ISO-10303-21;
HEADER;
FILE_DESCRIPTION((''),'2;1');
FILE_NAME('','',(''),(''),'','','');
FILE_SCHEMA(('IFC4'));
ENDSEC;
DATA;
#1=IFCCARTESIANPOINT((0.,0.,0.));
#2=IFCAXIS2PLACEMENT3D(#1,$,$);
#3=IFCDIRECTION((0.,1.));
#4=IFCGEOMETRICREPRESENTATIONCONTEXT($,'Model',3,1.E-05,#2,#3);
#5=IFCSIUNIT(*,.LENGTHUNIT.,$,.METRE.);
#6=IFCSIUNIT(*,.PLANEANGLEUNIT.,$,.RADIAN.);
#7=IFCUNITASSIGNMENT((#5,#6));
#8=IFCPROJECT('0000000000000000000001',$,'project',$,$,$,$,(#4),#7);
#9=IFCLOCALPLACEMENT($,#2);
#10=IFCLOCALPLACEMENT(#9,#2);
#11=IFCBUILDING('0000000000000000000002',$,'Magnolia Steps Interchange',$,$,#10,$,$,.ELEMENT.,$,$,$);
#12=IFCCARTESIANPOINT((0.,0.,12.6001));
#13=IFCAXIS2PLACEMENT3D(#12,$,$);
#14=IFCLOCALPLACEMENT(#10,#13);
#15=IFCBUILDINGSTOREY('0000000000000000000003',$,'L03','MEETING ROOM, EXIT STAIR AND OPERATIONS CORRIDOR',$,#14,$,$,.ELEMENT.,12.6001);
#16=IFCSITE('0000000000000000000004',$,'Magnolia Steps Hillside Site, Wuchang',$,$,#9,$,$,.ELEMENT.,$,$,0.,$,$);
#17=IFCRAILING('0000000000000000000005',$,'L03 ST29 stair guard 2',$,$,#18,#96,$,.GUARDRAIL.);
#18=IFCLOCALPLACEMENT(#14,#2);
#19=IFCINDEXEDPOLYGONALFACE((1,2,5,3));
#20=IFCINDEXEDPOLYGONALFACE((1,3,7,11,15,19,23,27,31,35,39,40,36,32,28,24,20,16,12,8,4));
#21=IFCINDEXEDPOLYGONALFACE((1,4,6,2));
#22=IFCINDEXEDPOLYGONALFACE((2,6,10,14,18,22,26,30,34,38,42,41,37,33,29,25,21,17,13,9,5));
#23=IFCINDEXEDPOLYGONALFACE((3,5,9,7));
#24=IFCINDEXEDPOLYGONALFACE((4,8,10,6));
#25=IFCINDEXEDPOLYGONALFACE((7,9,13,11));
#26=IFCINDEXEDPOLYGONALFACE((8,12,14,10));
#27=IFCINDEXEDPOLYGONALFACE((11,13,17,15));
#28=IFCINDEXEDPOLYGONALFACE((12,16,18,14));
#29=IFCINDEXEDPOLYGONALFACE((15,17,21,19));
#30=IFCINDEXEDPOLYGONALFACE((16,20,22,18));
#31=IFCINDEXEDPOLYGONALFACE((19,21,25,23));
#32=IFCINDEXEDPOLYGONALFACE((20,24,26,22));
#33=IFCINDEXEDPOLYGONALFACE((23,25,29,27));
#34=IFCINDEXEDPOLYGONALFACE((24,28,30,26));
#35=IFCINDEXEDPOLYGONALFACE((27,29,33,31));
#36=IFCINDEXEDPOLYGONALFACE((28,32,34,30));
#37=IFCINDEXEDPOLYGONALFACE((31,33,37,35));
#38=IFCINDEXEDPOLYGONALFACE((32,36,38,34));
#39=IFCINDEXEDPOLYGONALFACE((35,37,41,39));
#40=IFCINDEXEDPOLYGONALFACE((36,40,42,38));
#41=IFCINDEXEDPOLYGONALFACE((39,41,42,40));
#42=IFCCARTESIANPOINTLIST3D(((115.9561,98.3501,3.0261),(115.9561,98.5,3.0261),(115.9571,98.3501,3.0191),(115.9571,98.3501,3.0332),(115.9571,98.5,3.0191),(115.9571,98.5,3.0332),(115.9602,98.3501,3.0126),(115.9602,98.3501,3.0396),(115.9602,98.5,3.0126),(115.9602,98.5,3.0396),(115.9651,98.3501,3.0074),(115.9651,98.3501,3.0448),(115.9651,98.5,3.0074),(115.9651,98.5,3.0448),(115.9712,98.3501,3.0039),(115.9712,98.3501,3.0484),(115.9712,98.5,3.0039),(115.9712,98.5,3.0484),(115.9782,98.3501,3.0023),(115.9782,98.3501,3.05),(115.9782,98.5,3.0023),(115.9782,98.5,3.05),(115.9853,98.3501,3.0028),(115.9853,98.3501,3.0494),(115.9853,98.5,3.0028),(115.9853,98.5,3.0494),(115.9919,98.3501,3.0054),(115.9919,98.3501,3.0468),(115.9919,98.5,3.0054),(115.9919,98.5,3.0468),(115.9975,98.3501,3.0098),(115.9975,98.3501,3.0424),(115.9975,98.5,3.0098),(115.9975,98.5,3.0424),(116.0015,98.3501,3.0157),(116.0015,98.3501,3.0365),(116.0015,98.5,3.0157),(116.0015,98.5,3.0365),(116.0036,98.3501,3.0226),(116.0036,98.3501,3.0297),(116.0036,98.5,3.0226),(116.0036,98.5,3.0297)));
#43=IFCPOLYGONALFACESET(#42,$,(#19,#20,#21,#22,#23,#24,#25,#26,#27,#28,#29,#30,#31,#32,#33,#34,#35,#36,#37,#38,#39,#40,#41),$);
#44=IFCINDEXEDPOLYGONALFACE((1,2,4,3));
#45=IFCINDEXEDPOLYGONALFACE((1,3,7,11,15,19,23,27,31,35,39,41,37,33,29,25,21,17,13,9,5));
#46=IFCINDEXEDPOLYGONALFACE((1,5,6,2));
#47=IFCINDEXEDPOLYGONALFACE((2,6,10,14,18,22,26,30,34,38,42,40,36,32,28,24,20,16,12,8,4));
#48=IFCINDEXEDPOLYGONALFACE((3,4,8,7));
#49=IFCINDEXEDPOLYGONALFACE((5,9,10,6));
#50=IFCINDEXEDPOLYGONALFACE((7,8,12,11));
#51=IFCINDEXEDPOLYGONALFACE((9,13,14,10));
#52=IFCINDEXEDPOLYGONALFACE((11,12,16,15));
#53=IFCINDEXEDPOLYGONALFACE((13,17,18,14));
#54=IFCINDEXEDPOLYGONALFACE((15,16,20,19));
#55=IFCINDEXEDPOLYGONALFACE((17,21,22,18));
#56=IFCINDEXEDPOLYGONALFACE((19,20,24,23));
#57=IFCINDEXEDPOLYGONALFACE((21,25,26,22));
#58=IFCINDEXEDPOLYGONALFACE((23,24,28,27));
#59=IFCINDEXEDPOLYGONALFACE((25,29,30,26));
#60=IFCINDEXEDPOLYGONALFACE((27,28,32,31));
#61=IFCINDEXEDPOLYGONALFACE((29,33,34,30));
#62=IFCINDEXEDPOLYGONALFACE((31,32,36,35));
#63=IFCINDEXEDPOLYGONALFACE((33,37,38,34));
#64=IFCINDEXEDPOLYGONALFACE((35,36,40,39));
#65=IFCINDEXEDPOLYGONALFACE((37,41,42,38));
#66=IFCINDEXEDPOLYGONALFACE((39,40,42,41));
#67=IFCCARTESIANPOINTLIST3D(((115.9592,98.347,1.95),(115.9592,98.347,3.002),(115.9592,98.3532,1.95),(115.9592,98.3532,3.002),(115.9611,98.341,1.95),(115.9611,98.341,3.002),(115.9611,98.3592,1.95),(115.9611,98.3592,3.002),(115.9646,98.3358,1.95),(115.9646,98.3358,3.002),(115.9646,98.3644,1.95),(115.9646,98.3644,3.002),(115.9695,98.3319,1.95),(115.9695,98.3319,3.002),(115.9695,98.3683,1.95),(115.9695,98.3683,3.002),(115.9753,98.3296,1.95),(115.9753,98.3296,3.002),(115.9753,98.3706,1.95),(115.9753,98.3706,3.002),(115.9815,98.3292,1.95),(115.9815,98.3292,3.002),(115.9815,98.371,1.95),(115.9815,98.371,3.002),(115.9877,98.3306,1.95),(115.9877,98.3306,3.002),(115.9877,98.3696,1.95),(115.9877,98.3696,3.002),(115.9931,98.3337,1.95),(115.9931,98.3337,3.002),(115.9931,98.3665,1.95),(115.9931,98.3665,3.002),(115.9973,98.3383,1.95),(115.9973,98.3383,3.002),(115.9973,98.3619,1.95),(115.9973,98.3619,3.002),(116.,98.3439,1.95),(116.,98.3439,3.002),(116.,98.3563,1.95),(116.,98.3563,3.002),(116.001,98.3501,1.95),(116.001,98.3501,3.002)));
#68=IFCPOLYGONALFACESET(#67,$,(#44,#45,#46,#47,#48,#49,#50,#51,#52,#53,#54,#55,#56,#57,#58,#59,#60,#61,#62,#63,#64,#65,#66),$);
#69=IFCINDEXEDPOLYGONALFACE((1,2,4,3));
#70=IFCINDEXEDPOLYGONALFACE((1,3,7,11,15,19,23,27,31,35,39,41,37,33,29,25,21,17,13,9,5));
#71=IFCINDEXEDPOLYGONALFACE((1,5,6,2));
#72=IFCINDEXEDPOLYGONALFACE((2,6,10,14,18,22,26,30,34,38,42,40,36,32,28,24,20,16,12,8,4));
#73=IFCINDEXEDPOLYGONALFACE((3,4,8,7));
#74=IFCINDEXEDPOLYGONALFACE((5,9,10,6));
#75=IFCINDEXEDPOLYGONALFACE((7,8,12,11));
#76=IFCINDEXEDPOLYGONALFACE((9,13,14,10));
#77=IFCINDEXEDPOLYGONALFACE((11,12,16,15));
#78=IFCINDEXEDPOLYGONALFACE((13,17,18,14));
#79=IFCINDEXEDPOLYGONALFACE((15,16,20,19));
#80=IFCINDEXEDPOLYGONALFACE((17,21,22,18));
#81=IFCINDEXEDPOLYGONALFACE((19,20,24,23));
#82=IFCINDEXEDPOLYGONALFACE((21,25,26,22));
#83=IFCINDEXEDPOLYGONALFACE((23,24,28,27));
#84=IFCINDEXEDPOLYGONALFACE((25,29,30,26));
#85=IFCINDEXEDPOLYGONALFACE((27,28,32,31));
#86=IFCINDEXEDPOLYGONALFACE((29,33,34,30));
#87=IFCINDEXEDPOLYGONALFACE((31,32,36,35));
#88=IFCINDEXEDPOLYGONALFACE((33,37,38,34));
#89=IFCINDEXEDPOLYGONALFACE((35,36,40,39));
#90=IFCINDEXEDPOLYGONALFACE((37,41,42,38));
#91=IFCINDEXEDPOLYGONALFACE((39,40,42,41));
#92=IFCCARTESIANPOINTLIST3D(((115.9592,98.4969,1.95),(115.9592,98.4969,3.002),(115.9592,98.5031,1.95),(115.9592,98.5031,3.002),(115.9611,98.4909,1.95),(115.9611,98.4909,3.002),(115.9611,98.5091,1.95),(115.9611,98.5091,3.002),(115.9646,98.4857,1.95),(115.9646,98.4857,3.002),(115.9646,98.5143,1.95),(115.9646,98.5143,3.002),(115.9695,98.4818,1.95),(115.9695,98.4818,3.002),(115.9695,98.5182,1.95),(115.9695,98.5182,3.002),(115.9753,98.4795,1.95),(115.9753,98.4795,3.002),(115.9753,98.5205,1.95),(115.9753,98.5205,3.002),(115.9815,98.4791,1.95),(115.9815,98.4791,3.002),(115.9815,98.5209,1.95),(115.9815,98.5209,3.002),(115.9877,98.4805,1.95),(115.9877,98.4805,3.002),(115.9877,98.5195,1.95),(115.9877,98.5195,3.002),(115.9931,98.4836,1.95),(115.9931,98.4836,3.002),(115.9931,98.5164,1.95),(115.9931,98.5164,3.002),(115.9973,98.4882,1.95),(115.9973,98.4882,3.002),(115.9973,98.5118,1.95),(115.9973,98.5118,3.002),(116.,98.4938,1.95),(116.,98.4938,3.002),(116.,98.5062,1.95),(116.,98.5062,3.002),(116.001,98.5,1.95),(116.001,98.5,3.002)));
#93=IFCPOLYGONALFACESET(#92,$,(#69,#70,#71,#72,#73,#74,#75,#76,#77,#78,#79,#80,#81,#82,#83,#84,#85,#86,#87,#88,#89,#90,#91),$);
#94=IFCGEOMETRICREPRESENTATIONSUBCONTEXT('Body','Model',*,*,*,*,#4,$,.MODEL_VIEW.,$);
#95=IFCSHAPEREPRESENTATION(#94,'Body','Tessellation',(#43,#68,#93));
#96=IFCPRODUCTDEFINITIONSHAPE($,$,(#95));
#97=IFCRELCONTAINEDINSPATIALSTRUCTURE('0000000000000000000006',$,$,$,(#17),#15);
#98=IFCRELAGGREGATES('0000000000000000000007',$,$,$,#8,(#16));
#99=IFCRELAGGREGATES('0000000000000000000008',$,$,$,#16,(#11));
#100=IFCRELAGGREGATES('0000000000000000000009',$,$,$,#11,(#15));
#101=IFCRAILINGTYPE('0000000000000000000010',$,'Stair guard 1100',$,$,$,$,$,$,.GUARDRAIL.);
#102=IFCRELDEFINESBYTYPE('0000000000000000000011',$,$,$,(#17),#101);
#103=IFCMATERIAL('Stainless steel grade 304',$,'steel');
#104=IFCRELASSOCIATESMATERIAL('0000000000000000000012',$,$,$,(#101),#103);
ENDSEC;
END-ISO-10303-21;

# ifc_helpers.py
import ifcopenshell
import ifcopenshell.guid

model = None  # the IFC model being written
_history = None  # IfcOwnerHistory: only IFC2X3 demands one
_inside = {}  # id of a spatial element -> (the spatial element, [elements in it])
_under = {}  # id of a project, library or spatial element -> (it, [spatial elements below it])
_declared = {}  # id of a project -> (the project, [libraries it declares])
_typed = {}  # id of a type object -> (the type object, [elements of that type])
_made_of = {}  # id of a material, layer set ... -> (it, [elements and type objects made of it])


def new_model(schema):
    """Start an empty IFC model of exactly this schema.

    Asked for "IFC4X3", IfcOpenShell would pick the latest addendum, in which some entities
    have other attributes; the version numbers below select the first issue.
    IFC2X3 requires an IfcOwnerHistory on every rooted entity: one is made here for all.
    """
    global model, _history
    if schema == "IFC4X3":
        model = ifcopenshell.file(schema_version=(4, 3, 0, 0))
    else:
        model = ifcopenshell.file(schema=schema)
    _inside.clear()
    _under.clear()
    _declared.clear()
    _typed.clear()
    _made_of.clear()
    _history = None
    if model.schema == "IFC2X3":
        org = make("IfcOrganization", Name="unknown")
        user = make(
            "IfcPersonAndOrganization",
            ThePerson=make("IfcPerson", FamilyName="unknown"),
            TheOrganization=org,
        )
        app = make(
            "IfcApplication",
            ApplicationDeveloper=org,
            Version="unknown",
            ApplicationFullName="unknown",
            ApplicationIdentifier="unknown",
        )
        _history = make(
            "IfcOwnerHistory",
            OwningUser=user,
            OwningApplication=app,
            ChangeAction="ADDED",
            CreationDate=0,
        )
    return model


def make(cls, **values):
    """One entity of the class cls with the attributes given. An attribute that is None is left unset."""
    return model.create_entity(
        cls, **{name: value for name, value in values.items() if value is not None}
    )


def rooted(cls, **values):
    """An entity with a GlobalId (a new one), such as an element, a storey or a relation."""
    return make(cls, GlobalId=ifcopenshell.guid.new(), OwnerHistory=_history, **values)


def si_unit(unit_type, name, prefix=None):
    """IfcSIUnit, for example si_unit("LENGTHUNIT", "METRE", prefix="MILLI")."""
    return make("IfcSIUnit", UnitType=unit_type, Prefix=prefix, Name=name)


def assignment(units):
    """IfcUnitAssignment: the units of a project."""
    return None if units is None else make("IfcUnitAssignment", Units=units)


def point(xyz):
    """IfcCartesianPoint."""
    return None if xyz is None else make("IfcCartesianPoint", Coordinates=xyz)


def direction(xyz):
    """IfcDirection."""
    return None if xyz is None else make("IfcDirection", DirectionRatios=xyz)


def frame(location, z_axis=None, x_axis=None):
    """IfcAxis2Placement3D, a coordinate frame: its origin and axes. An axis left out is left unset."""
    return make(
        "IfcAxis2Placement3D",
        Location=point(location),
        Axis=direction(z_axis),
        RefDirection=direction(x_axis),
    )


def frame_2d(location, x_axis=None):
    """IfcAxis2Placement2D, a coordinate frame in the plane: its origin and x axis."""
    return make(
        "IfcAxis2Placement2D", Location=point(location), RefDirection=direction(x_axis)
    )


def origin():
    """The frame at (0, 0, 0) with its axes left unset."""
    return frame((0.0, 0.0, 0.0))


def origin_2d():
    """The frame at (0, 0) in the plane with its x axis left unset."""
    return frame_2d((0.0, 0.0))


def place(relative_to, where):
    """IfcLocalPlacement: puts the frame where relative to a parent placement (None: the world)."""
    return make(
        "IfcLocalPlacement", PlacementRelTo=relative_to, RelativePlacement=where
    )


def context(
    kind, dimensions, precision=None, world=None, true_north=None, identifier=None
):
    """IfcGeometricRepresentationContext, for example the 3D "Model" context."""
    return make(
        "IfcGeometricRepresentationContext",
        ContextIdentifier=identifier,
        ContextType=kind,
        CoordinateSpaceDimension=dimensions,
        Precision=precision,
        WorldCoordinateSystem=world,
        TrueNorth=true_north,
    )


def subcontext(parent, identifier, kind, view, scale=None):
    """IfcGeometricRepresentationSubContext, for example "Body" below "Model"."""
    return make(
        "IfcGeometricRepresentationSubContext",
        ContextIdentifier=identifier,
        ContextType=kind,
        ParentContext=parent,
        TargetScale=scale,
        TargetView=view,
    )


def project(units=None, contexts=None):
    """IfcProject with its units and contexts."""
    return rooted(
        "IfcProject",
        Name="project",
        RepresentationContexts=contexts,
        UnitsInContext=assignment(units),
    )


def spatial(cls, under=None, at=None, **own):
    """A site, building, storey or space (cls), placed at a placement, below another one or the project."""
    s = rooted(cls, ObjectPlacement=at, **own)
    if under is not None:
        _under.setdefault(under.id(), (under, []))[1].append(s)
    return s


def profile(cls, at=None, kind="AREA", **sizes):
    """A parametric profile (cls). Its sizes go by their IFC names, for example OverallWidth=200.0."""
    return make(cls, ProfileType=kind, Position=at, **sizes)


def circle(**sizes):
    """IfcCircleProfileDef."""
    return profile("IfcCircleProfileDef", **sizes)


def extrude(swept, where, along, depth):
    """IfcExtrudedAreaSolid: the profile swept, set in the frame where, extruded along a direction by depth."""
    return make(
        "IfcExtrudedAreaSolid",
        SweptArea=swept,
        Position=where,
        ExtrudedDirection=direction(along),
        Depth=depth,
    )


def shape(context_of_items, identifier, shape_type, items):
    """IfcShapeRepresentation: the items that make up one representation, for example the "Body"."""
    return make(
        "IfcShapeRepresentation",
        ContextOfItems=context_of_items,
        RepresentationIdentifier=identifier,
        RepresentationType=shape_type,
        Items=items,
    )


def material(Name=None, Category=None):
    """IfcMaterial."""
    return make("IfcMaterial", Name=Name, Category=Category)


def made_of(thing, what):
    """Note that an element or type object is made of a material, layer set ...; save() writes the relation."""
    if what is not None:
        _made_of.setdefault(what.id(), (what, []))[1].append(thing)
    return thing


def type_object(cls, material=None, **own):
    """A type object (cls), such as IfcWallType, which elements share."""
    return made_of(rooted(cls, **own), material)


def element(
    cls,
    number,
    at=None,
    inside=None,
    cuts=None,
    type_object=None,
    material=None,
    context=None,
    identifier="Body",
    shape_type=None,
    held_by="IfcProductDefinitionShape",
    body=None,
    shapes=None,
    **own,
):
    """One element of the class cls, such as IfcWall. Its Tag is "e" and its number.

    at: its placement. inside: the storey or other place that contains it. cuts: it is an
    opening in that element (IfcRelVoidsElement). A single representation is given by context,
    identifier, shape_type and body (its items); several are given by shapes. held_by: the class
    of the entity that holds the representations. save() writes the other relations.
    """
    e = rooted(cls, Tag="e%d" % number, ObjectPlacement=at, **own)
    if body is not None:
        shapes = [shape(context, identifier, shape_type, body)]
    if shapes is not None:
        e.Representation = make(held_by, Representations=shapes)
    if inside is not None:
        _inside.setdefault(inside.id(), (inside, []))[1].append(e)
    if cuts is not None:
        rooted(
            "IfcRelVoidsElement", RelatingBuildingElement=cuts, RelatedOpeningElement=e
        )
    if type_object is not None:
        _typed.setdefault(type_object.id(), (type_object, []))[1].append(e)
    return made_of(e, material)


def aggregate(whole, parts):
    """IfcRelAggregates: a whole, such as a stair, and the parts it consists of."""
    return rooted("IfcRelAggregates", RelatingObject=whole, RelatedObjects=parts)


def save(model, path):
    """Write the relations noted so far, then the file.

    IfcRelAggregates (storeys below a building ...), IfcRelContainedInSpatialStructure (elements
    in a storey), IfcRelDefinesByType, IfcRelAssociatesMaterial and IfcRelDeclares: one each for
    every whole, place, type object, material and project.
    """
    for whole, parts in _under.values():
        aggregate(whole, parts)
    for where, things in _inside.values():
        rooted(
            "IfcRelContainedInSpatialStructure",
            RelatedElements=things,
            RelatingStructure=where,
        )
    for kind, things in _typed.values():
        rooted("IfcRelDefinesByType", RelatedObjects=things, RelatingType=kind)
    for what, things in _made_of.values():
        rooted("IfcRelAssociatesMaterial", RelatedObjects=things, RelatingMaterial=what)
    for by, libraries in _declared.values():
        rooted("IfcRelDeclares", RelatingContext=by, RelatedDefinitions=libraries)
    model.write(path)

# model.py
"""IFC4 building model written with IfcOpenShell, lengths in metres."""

from ifc_helpers import new_model, si_unit, direction, frame, origin, origin_2d, place, context, subcontext, project, spatial, circle, extrude, material, type_object, element, save


model = new_model("IFC4")

# Units and contexts
model_context = context("Model", 3, precision=1e-05, world=origin(), true_north=direction((0.0, 1.0)))
body_context = subcontext(model_context, "Body", "Model", "MODEL_VIEW")
ifc_project = project(units=[si_unit("LENGTHUNIT", "METRE"), si_unit("PLANEANGLEUNIT", "RADIAN")], contexts=[model_context])

# Site, building, storey
site_placement = place(None, origin())
site = spatial("IfcSite", under=ifc_project, at=site_placement, Name="Magnolia Steps Hillside Site, Wuchang", CompositionType="ELEMENT", RefElevation=0.0)
building_placement = place(site_placement, origin())
building = spatial("IfcBuilding", under=site, at=building_placement, Name="Magnolia Steps Interchange", CompositionType="ELEMENT")
storey_placement = place(building_placement, frame((0.0, 0.0, 12.6001)))
storey = spatial("IfcBuildingStorey", under=building, at=storey_placement, Name="L03", Description="MEETING ROOM, EXIT STAIR AND OPERATIONS CORRIDOR", CompositionType="ELEMENT", Elevation=12.6001)

# Railing
ifc_material_1 = material(Name="Stainless steel grade 304", Category="steel")
railing_type = type_object("IfcRailingType", Name="Stair guard 1100", PredefinedType="GUARDRAIL", material=ifc_material_1)
railing_1_placement = place(storey_placement, frame((115.98, 98.3501, 1.95)))
element("IfcRailing", 1, at=railing_1_placement, inside=storey, type_object=railing_type, Name="L03 ST29 stair guard 2", PredefinedType="GUARDRAIL", context=body_context, shape_type="SweptSolid", body=[
    extrude(circle(Radius=0.0239, at=origin_2d()), frame((0.0, 0.0, 1.0762), z_axis=(0.0, 1.0, 0.0), x_axis=(-1.0, 0.0, 0.0)), (0.0, 0.0, 1.0), 0.1499),
    extrude(circle(Radius=0.021, at=origin_2d()), origin(), (0.0, 0.0, 1.0), 1.052),
    extrude(circle(Radius=0.021, at=origin_2d()), frame((0.0, 0.1499, 0.0)), (0.0, 0.0, 1.0), 1.052),
])

save(model, "model.ifc")
